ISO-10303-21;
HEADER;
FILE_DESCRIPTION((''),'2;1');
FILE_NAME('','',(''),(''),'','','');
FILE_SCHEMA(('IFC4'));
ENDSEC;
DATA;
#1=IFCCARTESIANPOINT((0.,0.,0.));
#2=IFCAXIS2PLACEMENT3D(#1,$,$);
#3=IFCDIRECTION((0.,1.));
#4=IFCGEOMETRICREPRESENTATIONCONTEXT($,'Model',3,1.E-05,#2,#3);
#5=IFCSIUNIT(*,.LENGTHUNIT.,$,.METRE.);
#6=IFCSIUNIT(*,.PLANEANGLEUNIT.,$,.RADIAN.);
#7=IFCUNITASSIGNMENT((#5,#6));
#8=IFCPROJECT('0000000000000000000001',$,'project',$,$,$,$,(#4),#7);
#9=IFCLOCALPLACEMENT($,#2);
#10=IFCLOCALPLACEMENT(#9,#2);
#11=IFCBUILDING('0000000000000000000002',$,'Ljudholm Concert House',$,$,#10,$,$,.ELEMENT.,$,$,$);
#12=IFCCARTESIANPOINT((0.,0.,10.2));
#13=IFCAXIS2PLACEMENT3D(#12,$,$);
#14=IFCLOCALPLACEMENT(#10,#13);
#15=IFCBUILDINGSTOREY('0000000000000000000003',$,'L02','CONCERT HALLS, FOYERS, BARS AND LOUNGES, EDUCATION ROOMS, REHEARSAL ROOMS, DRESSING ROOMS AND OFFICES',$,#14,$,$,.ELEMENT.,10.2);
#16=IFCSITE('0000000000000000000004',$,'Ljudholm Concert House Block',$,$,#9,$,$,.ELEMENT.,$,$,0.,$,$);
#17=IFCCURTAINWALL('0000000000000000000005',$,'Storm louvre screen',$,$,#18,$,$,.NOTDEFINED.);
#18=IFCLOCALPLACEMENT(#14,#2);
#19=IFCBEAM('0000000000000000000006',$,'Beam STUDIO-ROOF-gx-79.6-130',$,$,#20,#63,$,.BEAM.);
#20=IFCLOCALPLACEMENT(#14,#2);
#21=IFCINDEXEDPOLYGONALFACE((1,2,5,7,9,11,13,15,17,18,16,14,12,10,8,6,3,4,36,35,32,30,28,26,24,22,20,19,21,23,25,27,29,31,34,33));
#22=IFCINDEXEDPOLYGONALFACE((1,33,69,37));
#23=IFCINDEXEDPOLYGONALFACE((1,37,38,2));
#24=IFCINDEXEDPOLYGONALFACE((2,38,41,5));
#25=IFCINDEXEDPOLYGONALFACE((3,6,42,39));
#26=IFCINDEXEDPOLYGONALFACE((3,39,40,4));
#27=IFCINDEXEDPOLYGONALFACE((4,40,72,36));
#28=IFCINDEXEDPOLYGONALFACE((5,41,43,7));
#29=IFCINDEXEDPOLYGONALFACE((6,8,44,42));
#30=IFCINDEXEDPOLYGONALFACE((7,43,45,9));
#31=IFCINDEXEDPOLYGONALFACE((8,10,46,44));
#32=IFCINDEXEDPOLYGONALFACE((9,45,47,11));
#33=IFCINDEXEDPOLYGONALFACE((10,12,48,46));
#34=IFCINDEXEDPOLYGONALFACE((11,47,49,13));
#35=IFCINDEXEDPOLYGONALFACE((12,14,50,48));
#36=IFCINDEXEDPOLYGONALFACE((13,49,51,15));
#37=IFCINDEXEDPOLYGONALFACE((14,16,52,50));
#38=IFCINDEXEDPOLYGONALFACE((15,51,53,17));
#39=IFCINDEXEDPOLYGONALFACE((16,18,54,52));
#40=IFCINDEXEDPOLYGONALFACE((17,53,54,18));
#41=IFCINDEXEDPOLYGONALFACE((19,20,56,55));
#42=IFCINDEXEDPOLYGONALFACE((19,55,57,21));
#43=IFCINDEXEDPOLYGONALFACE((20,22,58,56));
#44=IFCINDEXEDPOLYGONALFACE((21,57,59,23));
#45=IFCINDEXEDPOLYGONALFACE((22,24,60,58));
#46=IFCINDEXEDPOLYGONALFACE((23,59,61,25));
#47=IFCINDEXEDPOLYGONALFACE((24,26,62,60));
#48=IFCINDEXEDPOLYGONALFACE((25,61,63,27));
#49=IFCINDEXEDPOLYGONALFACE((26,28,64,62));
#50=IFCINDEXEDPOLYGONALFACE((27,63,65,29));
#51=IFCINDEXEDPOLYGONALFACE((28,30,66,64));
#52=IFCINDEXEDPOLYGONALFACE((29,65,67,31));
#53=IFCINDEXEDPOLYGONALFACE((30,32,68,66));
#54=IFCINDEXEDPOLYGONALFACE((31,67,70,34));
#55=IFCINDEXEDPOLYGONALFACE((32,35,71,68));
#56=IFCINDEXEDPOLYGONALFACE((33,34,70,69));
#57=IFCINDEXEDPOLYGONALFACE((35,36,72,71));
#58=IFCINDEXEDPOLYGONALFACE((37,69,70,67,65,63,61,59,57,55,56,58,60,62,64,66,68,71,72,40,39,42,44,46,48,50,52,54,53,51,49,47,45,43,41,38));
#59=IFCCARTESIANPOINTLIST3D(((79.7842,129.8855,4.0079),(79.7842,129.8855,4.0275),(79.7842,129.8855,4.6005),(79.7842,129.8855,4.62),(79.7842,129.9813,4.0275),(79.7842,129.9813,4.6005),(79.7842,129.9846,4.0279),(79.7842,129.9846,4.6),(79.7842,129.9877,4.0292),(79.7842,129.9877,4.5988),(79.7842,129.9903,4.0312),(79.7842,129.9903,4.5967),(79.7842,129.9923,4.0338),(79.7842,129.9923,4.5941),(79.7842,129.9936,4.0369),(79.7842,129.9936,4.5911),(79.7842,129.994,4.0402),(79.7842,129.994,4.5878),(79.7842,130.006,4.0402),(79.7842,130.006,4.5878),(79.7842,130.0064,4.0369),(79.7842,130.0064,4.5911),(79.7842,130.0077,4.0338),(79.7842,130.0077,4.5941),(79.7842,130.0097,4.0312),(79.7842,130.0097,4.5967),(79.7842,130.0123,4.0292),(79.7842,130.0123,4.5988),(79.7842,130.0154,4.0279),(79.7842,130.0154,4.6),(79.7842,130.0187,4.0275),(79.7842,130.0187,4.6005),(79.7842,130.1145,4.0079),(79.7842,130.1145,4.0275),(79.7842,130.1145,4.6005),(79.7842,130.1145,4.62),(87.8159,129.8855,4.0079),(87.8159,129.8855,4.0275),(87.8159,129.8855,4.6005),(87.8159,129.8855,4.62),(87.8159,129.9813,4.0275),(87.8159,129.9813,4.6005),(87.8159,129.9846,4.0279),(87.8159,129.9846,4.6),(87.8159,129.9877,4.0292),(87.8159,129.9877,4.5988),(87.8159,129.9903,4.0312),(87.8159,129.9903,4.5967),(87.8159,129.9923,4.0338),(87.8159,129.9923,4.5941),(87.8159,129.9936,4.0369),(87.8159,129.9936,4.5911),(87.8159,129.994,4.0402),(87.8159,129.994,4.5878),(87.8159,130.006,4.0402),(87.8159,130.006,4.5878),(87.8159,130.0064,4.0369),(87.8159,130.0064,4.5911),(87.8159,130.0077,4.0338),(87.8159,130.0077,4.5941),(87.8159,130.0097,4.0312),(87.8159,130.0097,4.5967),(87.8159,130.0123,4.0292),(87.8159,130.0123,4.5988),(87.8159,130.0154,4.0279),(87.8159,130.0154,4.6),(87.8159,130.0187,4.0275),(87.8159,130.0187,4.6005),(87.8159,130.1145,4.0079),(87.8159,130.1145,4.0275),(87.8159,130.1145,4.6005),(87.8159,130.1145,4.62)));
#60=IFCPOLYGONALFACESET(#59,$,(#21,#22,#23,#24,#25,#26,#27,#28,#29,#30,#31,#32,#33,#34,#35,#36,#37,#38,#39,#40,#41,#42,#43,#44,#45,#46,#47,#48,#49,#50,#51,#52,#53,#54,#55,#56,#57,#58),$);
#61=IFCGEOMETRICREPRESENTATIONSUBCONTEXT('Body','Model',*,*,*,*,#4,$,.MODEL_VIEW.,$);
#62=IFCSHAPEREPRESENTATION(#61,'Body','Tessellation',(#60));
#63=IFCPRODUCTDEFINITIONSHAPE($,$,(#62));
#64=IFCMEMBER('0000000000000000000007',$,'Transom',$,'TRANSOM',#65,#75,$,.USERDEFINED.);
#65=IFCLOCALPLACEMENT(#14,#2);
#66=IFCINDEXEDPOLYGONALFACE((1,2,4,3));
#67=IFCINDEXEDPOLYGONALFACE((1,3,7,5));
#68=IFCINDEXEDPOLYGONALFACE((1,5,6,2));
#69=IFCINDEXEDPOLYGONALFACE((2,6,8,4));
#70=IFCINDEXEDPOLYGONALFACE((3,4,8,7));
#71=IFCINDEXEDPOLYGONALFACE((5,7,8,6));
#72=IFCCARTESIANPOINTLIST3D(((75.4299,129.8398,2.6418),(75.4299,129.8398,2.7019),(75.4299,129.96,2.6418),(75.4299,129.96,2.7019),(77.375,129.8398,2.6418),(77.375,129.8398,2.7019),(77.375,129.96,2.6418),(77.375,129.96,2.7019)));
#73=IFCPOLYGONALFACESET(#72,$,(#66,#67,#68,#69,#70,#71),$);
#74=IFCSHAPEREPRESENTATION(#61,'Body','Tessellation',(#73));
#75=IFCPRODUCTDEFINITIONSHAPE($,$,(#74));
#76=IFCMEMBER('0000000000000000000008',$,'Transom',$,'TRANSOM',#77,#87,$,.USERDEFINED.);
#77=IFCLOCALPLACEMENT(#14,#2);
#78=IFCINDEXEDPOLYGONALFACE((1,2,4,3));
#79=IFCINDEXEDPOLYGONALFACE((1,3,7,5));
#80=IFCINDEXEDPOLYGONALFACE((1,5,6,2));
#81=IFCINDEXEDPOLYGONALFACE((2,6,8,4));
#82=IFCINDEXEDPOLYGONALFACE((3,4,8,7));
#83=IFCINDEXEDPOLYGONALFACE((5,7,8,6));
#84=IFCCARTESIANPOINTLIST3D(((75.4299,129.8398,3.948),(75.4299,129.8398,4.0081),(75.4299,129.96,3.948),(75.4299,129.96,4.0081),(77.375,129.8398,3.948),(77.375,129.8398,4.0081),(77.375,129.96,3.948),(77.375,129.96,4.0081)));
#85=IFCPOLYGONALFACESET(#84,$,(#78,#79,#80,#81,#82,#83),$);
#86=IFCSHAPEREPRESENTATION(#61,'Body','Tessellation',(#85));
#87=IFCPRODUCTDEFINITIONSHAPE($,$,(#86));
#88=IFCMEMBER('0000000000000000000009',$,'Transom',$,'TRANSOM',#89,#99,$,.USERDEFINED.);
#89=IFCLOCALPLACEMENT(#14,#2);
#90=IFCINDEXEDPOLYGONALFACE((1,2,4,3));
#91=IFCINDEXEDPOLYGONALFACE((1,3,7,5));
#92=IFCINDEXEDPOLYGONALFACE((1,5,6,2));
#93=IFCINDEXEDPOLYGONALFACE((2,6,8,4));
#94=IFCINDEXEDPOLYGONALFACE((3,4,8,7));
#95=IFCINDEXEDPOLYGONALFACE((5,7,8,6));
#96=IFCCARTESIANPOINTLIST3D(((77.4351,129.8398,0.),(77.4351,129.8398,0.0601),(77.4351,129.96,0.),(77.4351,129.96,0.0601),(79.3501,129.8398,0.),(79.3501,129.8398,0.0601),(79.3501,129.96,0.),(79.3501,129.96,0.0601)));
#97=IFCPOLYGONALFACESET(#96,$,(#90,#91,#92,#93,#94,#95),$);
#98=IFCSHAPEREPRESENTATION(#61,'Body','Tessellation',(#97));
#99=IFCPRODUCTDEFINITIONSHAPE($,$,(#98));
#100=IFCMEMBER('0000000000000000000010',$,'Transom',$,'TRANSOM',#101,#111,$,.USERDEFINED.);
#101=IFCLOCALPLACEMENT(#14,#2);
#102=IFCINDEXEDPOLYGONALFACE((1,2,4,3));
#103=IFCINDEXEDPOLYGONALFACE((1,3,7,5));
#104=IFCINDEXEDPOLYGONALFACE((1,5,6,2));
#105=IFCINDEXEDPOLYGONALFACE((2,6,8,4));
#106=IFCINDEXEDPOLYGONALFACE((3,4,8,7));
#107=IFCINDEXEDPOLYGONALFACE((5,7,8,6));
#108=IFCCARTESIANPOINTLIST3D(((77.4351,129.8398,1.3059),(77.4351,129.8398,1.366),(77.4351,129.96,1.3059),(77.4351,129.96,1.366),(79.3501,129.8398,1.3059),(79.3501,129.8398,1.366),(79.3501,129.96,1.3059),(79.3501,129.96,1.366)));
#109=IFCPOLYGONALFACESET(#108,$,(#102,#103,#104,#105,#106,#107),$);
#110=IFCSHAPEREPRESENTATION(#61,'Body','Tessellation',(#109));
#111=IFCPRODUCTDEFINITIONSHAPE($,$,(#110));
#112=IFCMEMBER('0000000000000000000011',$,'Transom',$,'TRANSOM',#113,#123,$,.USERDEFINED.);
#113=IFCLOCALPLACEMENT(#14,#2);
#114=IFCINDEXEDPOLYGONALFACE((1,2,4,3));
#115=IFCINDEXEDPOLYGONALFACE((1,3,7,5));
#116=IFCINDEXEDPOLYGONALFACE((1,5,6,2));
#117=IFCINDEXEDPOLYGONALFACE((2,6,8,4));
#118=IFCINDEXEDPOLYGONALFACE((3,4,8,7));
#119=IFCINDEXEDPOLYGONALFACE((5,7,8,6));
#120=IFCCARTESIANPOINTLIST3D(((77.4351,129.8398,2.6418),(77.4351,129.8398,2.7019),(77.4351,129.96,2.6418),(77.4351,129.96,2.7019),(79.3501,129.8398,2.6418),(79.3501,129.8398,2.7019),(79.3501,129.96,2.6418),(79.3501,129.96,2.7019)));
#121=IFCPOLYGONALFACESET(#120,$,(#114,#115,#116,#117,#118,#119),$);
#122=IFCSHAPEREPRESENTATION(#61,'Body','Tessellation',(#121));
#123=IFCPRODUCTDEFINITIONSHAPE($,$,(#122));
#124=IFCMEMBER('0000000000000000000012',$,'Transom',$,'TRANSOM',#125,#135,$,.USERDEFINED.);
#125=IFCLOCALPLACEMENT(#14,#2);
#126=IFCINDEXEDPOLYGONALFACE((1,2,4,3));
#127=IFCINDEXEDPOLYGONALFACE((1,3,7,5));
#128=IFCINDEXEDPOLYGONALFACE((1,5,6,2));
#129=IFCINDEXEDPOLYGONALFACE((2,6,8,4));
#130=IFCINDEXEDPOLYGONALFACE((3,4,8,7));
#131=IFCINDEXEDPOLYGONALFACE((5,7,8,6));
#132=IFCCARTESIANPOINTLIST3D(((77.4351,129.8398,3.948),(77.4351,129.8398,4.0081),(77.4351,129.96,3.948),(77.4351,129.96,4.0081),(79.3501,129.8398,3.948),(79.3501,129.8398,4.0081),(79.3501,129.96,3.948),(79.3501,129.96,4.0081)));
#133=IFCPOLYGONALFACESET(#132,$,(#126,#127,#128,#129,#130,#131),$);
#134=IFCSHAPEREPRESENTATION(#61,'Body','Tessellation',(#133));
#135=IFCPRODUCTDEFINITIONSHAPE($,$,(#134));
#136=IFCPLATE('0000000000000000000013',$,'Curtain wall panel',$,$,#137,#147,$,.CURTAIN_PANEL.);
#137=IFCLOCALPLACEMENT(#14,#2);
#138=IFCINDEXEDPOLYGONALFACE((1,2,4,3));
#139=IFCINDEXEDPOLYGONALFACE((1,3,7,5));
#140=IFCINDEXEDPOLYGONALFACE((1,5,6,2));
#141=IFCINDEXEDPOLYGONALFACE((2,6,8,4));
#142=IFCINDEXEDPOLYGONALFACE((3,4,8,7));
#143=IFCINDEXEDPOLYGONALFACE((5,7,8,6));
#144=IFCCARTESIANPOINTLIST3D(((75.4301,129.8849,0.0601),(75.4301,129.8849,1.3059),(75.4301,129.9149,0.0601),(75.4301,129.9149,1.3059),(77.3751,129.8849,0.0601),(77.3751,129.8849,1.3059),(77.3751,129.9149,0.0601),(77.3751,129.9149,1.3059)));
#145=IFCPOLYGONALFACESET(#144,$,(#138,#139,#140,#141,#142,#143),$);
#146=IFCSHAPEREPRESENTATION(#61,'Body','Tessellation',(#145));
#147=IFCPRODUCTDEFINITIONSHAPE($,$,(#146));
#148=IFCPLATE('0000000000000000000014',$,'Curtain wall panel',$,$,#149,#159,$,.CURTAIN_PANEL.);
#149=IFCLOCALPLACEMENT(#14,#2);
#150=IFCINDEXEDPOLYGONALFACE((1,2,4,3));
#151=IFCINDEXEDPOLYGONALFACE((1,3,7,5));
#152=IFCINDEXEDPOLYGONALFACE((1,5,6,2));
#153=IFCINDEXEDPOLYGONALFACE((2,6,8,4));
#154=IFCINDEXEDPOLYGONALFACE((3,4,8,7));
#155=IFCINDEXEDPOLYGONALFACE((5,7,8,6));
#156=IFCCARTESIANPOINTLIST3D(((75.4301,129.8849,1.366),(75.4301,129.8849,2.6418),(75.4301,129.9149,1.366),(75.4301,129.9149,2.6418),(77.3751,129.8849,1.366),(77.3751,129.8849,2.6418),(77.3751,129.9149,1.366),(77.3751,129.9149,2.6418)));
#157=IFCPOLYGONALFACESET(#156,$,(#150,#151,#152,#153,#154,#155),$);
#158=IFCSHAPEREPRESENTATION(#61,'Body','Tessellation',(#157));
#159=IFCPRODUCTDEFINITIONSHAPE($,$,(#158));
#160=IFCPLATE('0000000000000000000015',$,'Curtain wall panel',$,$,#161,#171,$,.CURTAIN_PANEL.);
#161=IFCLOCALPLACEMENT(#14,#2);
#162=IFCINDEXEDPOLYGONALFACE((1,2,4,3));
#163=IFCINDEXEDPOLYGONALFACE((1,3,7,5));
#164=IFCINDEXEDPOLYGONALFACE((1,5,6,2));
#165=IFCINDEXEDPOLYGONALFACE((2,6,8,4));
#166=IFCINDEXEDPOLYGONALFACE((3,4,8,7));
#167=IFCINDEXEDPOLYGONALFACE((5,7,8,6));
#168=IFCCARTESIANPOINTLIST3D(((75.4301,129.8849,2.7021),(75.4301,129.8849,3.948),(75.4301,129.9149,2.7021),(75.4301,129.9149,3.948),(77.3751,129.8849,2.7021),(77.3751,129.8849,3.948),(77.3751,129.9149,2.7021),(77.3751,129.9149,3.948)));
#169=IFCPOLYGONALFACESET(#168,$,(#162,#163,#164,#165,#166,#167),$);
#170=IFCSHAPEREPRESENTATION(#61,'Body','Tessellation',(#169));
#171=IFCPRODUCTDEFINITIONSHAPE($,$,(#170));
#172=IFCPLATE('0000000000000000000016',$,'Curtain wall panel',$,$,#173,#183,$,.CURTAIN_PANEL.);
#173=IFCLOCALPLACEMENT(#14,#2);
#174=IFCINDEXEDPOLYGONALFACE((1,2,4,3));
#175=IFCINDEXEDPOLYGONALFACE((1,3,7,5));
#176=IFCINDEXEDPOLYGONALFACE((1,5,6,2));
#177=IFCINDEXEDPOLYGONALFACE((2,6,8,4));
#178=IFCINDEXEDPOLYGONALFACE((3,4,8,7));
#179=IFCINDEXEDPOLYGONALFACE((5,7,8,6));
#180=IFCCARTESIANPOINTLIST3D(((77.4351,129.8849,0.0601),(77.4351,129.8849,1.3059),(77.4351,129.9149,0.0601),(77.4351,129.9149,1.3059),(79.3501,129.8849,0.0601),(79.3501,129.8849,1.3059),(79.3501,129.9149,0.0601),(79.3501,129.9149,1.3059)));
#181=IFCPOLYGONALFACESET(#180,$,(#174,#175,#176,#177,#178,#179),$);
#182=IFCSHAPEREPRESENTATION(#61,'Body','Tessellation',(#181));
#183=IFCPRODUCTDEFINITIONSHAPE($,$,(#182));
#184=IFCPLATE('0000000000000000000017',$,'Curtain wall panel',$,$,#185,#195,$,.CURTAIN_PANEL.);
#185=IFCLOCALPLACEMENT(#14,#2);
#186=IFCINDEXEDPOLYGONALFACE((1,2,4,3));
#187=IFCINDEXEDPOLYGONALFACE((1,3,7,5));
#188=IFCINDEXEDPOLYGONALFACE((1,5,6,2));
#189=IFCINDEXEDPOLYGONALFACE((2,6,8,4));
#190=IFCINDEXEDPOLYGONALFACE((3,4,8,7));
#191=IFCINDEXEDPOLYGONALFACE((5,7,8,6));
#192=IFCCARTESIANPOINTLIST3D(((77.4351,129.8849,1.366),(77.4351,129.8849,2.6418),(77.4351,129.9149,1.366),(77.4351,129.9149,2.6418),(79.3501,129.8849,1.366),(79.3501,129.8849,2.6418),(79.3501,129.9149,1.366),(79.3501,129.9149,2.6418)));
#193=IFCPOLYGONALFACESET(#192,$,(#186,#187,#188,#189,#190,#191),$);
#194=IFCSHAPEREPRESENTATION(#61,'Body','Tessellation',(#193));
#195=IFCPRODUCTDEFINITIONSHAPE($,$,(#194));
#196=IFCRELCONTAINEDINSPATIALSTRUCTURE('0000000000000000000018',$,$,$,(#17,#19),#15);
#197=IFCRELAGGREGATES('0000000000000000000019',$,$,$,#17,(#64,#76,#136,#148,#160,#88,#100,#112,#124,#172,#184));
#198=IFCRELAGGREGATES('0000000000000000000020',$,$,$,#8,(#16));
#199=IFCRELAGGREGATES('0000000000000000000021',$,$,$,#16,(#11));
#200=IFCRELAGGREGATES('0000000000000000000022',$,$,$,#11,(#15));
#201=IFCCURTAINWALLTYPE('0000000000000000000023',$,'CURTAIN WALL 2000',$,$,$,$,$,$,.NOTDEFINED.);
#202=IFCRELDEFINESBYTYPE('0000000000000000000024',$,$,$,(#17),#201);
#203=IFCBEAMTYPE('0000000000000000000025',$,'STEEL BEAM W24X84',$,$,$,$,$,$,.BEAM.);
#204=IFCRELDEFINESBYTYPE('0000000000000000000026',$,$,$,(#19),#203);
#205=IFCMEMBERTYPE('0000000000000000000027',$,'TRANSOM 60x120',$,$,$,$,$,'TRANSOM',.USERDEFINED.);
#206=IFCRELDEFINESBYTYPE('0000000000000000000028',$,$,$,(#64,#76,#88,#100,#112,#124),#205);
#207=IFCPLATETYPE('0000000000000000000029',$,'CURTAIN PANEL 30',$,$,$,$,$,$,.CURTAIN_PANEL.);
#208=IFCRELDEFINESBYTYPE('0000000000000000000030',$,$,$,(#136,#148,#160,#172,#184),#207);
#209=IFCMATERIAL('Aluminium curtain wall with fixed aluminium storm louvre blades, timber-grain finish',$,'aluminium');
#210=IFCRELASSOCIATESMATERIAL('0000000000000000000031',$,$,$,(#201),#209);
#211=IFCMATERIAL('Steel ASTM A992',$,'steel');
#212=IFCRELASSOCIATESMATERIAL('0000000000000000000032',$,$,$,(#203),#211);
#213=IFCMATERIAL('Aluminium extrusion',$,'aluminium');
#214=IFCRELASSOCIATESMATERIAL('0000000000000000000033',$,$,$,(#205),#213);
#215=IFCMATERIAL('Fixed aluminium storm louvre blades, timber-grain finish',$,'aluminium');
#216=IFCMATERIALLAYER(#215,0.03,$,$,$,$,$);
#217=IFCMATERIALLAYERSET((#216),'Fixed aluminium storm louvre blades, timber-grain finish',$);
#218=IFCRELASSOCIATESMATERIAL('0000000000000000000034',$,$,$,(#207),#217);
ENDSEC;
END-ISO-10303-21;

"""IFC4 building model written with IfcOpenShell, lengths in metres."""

from ifc_helpers import new_model, si_unit, direction, frame, origin, origin_2d, place, context, subcontext, project, spatial, rectangle, i_section, extrude, material, layer, layer_set, material_profile, profile_set, type_object, element, aggregate, save


model = new_model("IFC4")

# Units and contexts
model_context = context("Model", 3, precision=1e-05, world=origin(), true_north=direction((0.0, 1.0)))
body_context = subcontext(model_context, "Body", "Model", "MODEL_VIEW")
ifc_project = project(units=[si_unit("LENGTHUNIT", "METRE"), si_unit("PLANEANGLEUNIT", "RADIAN")], contexts=[model_context])

# Site, building, storey
site_placement = place(None, origin())
site = spatial("IfcSite", under=ifc_project, at=site_placement, Name="Ljudholm Concert House Block", CompositionType="ELEMENT", RefElevation=0.0)
building_placement = place(site_placement, origin())
building = spatial("IfcBuilding", under=site, at=building_placement, Name="Ljudholm Concert House", CompositionType="ELEMENT")
storey_placement = place(building_placement, frame((0.0, 0.0, 10.2)))
storey = spatial("IfcBuildingStorey", under=building, at=storey_placement, Name="L02", Description="CONCERT HALLS, FOYERS, BARS AND LOUNGES, EDUCATION ROOMS, REHEARSAL ROOMS, DRESSING ROOMS AND OFFICES", CompositionType="ELEMENT", Elevation=10.2)

# Curtain wall
ifc_material_1 = material(Name="Aluminium curtain wall with fixed aluminium storm louvre blades, timber-grain finish", Category="aluminium")
curtain_wall_type = type_object("IfcCurtainWallType", Name="CURTAIN WALL 2000", PredefinedType="NOTDEFINED", material=ifc_material_1)
curtain_wall_placement = place(storey_placement, origin())
curtain_wall = element("IfcCurtainWall", 1, at=curtain_wall_placement, inside=storey, type_object=curtain_wall_type, Name="Storm louvre screen", PredefinedType="NOTDEFINED")

# Beam
ifc_material_2 = material(Name="Steel ASTM A992", Category="steel")
ifc_material_profile_1 = material_profile(ifc_material_2, i_section(OverallWidth=0.229, OverallDepth=0.6121, WebThickness=0.012, FlangeThickness=0.0195, FilletRadius=0.0127, at=origin_2d()), Name="W24X84")
ifc_profile_set_1 = profile_set([ifc_material_profile_1], Name="Steel ASTM A992")
beam_type_1 = type_object("IfcBeamType", Name="STEEL BEAM W24X84", PredefinedType="BEAM", material=ifc_profile_set_1)
beam_1_placement = place(storey_placement, frame((79.7842, 130.0, 4.314), z_axis=(1.0, 0.0, 0.0), x_axis=(0.0, 1.0, 0.0)))
element("IfcBeam", 2, at=beam_1_placement, inside=storey, type_object=beam_type_1, Name="Beam STUDIO-ROOF-gx-79.6-130", PredefinedType="BEAM", context=body_context, shape_type="SweptSolid", body=[
    extrude(i_section(OverallWidth=0.229, OverallDepth=0.6121, WebThickness=0.012, FlangeThickness=0.0195, FilletRadius=0.0127, at=origin_2d()), origin(), (0.0, 0.0, 1.0), 8.0317),
])

# Members
ifc_material_3 = material(Name="Aluminium extrusion", Category="aluminium")
ifc_material_profile_2 = material_profile(ifc_material_3, rectangle(XDim=0.1201, YDim=0.0601, at=origin_2d()), Name="TRANSOM 60x120")
ifc_profile_set_2 = profile_set([ifc_material_profile_2], Name="Aluminium extrusion")
member_type_1 = type_object("IfcMemberType", Name="TRANSOM 60x120", ElementType="TRANSOM", PredefinedType="USERDEFINED", material=ifc_profile_set_2)
member_1_placement = place(storey_placement, frame((75.4299, 129.8999, 2.6719), z_axis=(1.0, 0.0, 0.0), x_axis=(0.0, 1.0, 0.0)))
member_1 = element("IfcMember", 3, at=member_1_placement, type_object=member_type_1, Name="Transom", ObjectType="TRANSOM", PredefinedType="USERDEFINED", context=body_context, shape_type="SweptSolid", body=[
    extrude(rectangle(XDim=0.1201, YDim=0.0601, at=origin_2d()), origin(), (0.0, 0.0, 1.0), 1.9451),
])
member_2_placement = place(storey_placement, frame((75.4299, 129.8999, 3.978), z_axis=(1.0, 0.0, 0.0), x_axis=(0.0, 1.0, 0.0)))
member_2 = element("IfcMember", 4, at=member_2_placement, type_object=member_type_1, Name="Transom", ObjectType="TRANSOM", PredefinedType="USERDEFINED", context=body_context, shape_type="SweptSolid", body=[
    extrude(rectangle(XDim=0.1201, YDim=0.0601, at=origin_2d()), origin(), (0.0, 0.0, 1.0), 1.9451),
])
member_3_placement = place(storey_placement, frame((77.4351, 129.8999, 0.03), z_axis=(1.0, 0.0, 0.0), x_axis=(0.0, 1.0, 0.0)))
member_3 = element("IfcMember", 5, at=member_3_placement, type_object=member_type_1, Name="Transom", ObjectType="TRANSOM", PredefinedType="USERDEFINED", context=body_context, shape_type="SweptSolid", body=[
    extrude(rectangle(XDim=0.1201, YDim=0.0601, at=origin_2d()), origin(), (0.0, 0.0, 1.0), 1.915),
])
member_4_placement = place(storey_placement, frame((77.4351, 129.8999, 1.3359), z_axis=(1.0, 0.0, 0.0), x_axis=(0.0, 1.0, 0.0)))
member_4 = element("IfcMember", 6, at=member_4_placement, type_object=member_type_1, Name="Transom", ObjectType="TRANSOM", PredefinedType="USERDEFINED", context=body_context, shape_type="SweptSolid", body=[
    extrude(rectangle(XDim=0.1201, YDim=0.0601, at=origin_2d()), origin(), (0.0, 0.0, 1.0), 1.915),
])
member_5_placement = place(storey_placement, frame((77.4351, 129.8999, 2.6719), z_axis=(1.0, 0.0, 0.0), x_axis=(0.0, 1.0, 0.0)))
member_5 = element("IfcMember", 7, at=member_5_placement, type_object=member_type_1, Name="Transom", ObjectType="TRANSOM", PredefinedType="USERDEFINED", context=body_context, shape_type="SweptSolid", body=[
    extrude(rectangle(XDim=0.1201, YDim=0.0601, at=origin_2d()), origin(), (0.0, 0.0, 1.0), 1.915),
])
member_6_placement = place(storey_placement, frame((77.4351, 129.8999, 3.978), z_axis=(1.0, 0.0, 0.0), x_axis=(0.0, 1.0, 0.0)))
member_6 = element("IfcMember", 8, at=member_6_placement, type_object=member_type_1, Name="Transom", ObjectType="TRANSOM", PredefinedType="USERDEFINED", context=body_context, shape_type="SweptSolid", body=[
    extrude(rectangle(XDim=0.1201, YDim=0.0601, at=origin_2d()), origin(), (0.0, 0.0, 1.0), 1.915),
])

# Plates
ifc_material_4 = material(Name="Fixed aluminium storm louvre blades, timber-grain finish", Category="aluminium")
ifc_layer_1 = layer(ifc_material_4, 0.03)
ifc_layer_set_1 = layer_set([ifc_layer_1], Name="Fixed aluminium storm louvre blades, timber-grain finish")
plate_type = type_object("IfcPlateType", Name="CURTAIN PANEL 30", PredefinedType="CURTAIN_PANEL", material=ifc_layer_set_1)
plate_1_placement = place(storey_placement, frame((76.4026, 129.8999, 0.0601), z_axis=(0.0, 0.0, 1.0), x_axis=(1.0, 0.0, 0.0)))
plate_1 = element("IfcPlate", 9, at=plate_1_placement, type_object=plate_type, Name="Curtain wall panel", PredefinedType="CURTAIN_PANEL", context=body_context, shape_type="SweptSolid", body=[
    extrude(rectangle(XDim=1.9451, YDim=0.03, at=origin_2d()), origin(), (0.0, 0.0, 1.0), 1.2458),
])
plate_2_placement = place(storey_placement, frame((76.4026, 129.8999, 1.366), z_axis=(0.0, 0.0, 1.0), x_axis=(1.0, 0.0, 0.0)))
plate_2 = element("IfcPlate", 10, at=plate_2_placement, type_object=plate_type, Name="Curtain wall panel", PredefinedType="CURTAIN_PANEL", context=body_context, shape_type="SweptSolid", body=[
    extrude(rectangle(XDim=1.9451, YDim=0.03, at=origin_2d()), origin(), (0.0, 0.0, 1.0), 1.2759),
])
plate_3_placement = place(storey_placement, frame((76.4026, 129.8999, 2.7021), z_axis=(0.0, 0.0, 1.0), x_axis=(1.0, 0.0, 0.0)))
plate_3 = element("IfcPlate", 11, at=plate_3_placement, type_object=plate_type, Name="Curtain wall panel", PredefinedType="CURTAIN_PANEL", context=body_context, shape_type="SweptSolid", body=[
    extrude(rectangle(XDim=1.9451, YDim=0.03, at=origin_2d()), origin(), (0.0, 0.0, 1.0), 1.2458),
])
plate_4_placement = place(storey_placement, frame((78.3926, 129.8999, 0.0601), z_axis=(0.0, 0.0, 1.0), x_axis=(1.0, 0.0, 0.0)))
plate_4 = element("IfcPlate", 12, at=plate_4_placement, type_object=plate_type, Name="Curtain wall panel", PredefinedType="CURTAIN_PANEL", context=body_context, shape_type="SweptSolid", body=[
    extrude(rectangle(XDim=1.915, YDim=0.03, at=origin_2d()), origin(), (0.0, 0.0, 1.0), 1.2458),
])
plate_5_placement = place(storey_placement, frame((78.3926, 129.8999, 1.366), z_axis=(0.0, 0.0, 1.0), x_axis=(1.0, 0.0, 0.0)))
plate_5 = element("IfcPlate", 13, at=plate_5_placement, type_object=plate_type, Name="Curtain wall panel", PredefinedType="CURTAIN_PANEL", context=body_context, shape_type="SweptSolid", body=[
    extrude(rectangle(XDim=1.915, YDim=0.03, at=origin_2d()), origin(), (0.0, 0.0, 1.0), 1.2759),
])
aggregate(curtain_wall, [member_1, member_2, plate_1, plate_2, plate_3, member_3, member_4, member_5, member_6, plate_4, plate_5])

save(model, "model.ifc")
